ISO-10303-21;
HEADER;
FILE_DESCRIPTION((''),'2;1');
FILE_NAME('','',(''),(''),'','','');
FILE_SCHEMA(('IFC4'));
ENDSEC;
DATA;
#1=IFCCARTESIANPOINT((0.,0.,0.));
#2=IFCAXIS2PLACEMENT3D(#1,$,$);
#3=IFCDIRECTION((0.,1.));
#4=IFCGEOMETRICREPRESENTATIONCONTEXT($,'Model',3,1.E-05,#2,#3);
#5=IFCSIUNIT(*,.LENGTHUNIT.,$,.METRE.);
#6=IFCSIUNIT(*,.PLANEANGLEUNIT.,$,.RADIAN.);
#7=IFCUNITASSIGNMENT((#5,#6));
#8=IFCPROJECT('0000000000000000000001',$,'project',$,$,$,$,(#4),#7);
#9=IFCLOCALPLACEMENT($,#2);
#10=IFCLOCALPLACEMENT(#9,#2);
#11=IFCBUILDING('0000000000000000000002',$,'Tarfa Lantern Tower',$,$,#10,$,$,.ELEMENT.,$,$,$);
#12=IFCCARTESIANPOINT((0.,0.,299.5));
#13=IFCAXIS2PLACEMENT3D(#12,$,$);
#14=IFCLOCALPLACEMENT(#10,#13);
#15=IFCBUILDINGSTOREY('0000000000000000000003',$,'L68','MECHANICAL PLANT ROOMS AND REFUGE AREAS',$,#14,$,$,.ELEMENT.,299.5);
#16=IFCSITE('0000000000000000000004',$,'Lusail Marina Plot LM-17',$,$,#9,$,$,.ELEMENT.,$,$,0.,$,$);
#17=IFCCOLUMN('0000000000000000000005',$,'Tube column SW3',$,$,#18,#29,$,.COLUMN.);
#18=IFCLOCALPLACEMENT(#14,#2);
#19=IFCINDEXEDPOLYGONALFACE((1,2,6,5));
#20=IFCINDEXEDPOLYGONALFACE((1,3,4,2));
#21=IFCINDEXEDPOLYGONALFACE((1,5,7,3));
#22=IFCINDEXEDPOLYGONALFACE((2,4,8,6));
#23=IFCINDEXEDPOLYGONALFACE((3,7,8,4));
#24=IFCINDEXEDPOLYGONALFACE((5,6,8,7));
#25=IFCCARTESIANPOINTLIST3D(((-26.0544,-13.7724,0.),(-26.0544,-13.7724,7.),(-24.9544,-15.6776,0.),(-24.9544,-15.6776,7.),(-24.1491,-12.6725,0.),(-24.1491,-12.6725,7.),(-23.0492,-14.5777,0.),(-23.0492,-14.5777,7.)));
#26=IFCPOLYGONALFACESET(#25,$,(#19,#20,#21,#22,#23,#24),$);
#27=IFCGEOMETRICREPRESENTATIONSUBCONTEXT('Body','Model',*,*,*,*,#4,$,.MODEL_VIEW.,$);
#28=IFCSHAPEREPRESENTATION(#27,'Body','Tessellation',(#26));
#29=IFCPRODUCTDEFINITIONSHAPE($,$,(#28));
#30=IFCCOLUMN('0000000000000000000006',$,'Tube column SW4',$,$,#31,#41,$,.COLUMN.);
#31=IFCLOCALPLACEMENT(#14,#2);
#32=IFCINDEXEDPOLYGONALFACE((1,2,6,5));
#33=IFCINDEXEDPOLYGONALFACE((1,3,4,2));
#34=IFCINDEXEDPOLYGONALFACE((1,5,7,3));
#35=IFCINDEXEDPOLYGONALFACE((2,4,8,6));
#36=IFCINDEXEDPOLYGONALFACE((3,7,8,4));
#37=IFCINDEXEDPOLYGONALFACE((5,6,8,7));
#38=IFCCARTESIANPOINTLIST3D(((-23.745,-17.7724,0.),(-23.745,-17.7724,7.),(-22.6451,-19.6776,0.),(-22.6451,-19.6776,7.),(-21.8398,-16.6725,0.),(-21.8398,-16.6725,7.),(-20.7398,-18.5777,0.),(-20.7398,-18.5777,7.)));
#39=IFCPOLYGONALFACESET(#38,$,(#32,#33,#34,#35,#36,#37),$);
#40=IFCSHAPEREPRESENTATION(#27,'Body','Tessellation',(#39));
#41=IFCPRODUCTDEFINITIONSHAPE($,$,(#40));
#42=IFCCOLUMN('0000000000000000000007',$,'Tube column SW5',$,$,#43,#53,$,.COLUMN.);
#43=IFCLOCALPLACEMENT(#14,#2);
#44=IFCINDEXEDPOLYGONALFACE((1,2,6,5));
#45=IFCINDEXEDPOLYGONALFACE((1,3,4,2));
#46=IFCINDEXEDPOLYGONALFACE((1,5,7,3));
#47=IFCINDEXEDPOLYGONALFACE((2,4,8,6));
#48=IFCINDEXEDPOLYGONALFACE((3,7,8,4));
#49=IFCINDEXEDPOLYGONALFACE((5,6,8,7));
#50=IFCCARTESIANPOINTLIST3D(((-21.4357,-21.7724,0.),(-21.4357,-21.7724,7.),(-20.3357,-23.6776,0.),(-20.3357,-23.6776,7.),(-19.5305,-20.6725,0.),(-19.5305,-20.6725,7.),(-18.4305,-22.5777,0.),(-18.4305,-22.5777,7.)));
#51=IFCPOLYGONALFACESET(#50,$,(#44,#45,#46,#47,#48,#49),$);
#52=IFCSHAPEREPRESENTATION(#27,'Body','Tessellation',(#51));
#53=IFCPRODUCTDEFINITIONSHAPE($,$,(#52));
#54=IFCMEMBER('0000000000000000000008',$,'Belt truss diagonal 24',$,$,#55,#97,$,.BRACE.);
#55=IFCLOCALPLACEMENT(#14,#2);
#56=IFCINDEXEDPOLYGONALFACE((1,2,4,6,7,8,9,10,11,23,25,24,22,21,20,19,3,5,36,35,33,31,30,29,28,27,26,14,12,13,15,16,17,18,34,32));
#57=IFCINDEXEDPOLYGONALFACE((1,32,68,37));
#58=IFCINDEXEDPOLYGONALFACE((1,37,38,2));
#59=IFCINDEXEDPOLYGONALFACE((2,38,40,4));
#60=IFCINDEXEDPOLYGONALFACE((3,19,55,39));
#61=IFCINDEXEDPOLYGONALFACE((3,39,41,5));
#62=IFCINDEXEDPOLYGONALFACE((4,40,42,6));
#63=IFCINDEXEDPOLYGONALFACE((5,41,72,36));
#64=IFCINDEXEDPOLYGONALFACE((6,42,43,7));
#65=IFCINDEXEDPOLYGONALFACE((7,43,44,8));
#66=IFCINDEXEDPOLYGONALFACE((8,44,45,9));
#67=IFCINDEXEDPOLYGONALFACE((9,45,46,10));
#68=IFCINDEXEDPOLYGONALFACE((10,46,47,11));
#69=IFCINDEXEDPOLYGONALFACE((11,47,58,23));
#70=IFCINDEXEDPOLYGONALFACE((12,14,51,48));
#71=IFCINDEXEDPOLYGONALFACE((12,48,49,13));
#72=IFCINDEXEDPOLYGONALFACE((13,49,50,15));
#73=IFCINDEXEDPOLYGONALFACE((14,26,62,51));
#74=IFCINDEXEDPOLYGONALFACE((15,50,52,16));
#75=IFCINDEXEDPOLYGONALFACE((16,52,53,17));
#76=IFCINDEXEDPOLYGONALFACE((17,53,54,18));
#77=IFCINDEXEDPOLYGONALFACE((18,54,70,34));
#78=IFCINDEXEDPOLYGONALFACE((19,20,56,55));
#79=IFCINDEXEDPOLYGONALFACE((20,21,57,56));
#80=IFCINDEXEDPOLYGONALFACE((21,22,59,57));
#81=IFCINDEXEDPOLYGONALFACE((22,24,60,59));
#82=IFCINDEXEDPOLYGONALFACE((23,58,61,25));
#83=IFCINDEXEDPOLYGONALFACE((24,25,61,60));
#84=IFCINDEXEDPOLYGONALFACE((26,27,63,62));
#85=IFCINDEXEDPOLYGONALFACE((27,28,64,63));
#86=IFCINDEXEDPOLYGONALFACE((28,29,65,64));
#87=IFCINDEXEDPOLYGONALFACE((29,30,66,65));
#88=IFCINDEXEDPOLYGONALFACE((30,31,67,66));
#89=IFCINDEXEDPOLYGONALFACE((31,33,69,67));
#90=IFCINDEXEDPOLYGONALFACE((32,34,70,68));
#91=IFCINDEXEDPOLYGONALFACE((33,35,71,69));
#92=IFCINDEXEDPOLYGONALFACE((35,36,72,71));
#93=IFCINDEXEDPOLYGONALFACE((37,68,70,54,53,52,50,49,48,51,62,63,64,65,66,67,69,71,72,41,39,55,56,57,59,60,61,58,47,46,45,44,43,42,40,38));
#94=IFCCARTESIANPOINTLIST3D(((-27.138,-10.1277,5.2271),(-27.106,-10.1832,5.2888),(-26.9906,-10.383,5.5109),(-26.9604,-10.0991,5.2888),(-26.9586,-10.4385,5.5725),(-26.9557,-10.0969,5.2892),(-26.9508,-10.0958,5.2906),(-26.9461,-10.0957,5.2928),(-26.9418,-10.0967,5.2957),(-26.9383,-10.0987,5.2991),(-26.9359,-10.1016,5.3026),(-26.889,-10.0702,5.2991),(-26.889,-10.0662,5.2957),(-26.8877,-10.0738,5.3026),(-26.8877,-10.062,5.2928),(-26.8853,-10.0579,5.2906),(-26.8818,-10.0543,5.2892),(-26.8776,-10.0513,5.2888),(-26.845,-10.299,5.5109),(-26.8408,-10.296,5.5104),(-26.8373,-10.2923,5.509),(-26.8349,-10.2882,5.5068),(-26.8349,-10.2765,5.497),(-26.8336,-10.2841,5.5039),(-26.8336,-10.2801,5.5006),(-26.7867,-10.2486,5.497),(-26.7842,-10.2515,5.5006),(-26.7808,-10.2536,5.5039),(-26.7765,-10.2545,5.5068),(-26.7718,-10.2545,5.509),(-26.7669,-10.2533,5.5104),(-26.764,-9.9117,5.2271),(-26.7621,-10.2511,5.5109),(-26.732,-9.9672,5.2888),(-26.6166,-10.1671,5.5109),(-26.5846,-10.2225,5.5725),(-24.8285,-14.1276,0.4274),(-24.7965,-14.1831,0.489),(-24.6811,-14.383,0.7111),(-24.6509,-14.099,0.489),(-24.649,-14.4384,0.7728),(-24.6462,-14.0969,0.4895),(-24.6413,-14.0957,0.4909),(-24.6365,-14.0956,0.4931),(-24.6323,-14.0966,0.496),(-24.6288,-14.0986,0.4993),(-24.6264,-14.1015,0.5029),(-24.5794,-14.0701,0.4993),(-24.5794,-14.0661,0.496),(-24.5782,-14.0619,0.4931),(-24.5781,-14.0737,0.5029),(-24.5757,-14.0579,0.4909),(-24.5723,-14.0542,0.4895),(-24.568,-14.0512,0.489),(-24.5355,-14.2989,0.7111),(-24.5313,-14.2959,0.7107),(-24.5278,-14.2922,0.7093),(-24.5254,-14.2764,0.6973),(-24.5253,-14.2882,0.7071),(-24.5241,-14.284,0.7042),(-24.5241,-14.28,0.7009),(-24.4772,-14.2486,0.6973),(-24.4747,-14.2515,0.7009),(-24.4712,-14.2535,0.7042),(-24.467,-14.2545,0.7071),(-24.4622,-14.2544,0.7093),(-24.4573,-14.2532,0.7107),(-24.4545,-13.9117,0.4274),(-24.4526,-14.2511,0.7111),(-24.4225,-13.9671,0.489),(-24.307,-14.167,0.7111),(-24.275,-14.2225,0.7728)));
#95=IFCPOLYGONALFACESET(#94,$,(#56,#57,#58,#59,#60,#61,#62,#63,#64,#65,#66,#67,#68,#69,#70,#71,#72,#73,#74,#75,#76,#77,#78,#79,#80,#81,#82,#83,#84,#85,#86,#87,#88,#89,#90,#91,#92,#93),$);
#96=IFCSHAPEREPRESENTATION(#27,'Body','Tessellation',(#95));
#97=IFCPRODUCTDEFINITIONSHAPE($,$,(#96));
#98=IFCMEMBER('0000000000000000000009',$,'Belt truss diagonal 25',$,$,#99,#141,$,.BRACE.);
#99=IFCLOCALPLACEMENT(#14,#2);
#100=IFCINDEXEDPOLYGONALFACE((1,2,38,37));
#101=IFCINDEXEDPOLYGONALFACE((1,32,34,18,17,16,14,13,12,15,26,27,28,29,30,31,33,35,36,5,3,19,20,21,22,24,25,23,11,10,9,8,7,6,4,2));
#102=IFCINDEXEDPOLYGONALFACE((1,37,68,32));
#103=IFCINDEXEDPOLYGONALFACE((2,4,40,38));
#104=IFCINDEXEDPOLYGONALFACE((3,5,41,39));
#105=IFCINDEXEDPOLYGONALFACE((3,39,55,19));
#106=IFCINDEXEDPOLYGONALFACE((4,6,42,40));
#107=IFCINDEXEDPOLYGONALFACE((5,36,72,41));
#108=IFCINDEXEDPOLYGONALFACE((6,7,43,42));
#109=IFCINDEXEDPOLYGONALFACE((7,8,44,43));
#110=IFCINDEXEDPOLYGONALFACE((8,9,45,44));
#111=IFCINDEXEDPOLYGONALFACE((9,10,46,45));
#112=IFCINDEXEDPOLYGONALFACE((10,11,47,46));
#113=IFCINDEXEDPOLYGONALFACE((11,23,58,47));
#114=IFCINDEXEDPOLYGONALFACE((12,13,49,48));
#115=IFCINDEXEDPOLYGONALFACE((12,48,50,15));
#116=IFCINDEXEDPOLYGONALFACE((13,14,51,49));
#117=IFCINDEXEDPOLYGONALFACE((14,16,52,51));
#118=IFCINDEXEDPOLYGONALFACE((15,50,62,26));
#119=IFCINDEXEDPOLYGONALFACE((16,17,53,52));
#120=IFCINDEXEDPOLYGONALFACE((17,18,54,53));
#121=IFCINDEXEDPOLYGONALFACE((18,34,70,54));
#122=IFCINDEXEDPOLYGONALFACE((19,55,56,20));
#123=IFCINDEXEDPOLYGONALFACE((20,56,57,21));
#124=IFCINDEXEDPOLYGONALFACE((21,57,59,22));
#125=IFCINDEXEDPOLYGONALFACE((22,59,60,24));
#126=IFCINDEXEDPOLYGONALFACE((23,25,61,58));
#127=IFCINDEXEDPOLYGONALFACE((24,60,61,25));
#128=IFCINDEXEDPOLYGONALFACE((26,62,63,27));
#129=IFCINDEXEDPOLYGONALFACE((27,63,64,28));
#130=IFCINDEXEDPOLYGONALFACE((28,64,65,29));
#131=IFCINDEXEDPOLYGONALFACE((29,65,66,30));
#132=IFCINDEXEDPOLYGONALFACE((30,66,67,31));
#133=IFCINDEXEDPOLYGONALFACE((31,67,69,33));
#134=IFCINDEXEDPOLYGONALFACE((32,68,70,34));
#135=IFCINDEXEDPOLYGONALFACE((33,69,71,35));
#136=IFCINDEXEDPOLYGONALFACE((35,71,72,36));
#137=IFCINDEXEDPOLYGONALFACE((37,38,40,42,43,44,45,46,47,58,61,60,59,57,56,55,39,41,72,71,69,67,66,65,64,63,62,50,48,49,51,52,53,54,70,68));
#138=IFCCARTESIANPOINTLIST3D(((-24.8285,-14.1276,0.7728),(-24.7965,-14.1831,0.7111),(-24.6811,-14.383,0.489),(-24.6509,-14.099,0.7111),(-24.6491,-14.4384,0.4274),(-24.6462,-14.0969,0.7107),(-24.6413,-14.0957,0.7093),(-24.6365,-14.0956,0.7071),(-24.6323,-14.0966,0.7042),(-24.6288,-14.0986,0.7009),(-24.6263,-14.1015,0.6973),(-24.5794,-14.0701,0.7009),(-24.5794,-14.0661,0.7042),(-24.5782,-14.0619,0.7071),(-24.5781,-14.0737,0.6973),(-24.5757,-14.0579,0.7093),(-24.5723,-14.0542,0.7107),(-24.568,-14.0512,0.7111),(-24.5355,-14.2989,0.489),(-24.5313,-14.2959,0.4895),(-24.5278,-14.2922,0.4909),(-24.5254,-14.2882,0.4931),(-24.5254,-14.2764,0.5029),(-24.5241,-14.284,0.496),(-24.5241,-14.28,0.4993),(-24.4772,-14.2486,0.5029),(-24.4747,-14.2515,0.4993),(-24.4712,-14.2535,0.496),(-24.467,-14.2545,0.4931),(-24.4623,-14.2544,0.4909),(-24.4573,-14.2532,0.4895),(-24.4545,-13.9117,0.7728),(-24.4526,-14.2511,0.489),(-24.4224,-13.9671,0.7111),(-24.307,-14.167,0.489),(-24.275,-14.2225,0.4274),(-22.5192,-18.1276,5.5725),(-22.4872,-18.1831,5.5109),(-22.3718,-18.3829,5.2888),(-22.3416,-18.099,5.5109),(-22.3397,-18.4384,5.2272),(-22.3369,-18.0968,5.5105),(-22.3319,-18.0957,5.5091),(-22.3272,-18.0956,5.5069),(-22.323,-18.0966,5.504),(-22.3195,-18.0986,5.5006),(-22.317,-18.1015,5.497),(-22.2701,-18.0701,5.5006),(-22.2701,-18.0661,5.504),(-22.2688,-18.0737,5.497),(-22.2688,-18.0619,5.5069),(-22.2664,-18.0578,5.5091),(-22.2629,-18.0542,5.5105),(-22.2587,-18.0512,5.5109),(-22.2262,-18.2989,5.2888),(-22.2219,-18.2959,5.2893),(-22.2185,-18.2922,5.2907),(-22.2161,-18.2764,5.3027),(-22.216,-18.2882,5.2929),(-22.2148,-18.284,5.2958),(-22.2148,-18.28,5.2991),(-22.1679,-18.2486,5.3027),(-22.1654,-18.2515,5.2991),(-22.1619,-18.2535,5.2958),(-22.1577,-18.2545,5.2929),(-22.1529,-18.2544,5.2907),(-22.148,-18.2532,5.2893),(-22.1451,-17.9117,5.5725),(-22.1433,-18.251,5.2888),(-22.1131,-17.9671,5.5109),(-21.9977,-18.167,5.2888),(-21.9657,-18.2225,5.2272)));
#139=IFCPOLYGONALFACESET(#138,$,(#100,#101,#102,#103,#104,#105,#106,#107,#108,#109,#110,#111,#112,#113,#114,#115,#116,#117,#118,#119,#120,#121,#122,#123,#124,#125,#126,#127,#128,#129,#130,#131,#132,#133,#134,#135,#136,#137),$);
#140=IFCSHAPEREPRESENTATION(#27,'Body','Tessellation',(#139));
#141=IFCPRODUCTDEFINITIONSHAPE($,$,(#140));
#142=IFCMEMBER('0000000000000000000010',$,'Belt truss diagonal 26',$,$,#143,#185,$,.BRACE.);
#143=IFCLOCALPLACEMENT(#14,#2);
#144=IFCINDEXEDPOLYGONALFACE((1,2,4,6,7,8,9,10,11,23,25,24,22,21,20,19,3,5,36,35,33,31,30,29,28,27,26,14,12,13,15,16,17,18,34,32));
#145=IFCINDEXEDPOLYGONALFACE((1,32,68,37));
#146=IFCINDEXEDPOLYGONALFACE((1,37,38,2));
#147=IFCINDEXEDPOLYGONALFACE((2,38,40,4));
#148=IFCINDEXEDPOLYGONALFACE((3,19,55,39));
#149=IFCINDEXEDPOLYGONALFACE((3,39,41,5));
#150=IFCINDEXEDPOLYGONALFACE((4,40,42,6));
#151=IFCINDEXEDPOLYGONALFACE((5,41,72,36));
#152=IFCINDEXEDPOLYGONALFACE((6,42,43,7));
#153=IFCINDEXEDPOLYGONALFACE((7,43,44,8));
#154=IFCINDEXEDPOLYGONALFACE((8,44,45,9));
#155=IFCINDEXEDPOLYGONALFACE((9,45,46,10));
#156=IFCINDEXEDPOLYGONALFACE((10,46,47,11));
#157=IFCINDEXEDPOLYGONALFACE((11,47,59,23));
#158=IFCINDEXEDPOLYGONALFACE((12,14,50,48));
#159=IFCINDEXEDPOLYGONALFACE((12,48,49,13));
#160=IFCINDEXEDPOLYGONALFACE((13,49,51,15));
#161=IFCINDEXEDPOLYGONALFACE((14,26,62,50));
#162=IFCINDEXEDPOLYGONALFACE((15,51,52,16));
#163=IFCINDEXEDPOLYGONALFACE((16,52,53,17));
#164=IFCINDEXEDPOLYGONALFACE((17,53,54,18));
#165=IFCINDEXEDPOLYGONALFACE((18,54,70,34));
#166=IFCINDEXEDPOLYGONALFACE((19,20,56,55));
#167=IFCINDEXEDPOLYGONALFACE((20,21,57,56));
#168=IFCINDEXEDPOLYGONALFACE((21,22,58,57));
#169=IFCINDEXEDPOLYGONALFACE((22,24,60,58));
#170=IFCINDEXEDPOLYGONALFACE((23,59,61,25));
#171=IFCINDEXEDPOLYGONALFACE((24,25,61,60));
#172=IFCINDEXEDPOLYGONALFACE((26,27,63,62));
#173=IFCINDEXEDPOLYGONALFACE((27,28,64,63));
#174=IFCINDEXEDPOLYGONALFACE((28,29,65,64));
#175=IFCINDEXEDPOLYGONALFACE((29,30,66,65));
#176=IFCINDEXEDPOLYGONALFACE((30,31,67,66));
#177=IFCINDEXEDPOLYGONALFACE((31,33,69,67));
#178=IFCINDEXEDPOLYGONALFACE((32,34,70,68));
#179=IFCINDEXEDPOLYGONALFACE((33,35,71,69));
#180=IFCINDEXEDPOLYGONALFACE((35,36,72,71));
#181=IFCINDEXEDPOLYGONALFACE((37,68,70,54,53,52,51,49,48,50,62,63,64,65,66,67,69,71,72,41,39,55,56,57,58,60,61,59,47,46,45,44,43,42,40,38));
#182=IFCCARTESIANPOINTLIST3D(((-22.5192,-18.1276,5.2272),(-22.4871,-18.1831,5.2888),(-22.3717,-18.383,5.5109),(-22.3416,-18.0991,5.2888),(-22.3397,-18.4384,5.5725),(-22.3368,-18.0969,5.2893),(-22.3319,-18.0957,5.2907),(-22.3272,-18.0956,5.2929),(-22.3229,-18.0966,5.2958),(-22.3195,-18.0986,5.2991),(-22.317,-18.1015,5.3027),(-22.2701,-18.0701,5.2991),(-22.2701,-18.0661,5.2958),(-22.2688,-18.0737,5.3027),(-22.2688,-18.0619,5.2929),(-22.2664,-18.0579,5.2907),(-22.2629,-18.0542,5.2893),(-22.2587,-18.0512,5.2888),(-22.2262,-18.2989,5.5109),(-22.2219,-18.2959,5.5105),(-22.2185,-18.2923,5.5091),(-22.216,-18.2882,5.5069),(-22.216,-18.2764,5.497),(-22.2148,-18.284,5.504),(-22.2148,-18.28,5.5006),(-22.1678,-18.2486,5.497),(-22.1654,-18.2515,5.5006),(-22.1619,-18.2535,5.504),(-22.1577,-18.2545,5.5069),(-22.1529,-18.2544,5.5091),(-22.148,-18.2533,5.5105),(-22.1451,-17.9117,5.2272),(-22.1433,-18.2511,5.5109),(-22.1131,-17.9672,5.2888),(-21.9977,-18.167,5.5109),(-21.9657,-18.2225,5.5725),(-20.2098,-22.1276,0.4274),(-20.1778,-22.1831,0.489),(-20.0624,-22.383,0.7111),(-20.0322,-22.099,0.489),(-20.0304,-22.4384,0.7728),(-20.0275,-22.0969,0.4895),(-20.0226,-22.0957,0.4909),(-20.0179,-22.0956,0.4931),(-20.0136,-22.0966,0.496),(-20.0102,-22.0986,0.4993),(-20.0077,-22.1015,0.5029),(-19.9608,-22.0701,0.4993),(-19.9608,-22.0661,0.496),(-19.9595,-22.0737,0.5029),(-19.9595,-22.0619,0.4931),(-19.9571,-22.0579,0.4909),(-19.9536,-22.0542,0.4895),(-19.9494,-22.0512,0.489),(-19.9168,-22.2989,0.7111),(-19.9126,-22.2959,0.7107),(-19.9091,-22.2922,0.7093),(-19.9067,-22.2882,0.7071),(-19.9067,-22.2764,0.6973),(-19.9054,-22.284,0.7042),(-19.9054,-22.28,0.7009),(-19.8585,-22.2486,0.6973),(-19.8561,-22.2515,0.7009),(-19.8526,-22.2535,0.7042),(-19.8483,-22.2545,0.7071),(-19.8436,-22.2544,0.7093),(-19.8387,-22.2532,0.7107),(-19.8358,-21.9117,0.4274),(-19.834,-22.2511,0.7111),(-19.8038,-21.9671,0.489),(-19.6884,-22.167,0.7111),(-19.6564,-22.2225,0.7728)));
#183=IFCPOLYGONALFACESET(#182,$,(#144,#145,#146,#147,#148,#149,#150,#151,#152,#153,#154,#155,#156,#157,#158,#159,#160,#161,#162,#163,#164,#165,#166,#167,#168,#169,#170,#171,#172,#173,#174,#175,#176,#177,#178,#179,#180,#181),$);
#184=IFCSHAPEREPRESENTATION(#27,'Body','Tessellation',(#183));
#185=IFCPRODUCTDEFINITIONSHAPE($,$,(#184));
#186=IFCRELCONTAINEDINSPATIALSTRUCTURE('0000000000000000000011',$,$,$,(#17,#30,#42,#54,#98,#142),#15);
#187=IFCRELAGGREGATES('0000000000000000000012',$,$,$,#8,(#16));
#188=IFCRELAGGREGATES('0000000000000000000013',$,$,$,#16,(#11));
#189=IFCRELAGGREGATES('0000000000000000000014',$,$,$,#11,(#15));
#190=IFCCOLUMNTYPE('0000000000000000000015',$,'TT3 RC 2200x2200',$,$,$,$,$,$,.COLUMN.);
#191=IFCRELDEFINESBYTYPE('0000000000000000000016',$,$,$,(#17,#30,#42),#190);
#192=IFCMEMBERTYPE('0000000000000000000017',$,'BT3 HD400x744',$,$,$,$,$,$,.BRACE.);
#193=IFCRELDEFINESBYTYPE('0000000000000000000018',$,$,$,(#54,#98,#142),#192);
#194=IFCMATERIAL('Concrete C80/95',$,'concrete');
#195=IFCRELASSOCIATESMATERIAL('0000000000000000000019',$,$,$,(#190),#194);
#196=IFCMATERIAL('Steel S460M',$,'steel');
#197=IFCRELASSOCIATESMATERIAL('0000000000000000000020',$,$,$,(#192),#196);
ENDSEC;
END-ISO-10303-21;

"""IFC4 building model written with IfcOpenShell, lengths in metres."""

from ifc_helpers import new_model, si_unit, direction, frame, origin, origin_2d, place, context, subcontext, project, spatial, rectangle, i_section, extrude, material, material_profile, profile_set, type_object, element, save


model = new_model("IFC4")

# Units and contexts
model_context = context("Model", 3, precision=1e-05, world=origin(), true_north=direction((0.0, 1.0)))
body_context = subcontext(model_context, "Body", "Model", "MODEL_VIEW")
ifc_project = project(units=[si_unit("LENGTHUNIT", "METRE"), si_unit("PLANEANGLEUNIT", "RADIAN")], contexts=[model_context])

# Site, building, storey
site_placement = place(None, origin())
site = spatial("IfcSite", under=ifc_project, at=site_placement, Name="Lusail Marina Plot LM-17", CompositionType="ELEMENT", RefElevation=0.0)
building_placement = place(site_placement, origin())
building = spatial("IfcBuilding", under=site, at=building_placement, Name="Tarfa Lantern Tower", CompositionType="ELEMENT")
storey_placement = place(building_placement, frame((0.0, 0.0, 299.5)))
storey = spatial("IfcBuildingStorey", under=building, at=storey_placement, Name="L68", Description="MECHANICAL PLANT ROOMS AND REFUGE AREAS", CompositionType="ELEMENT", Elevation=299.5)

# Columns
ifc_material_1 = material(Name="Concrete C80/95", Category="concrete")
ifc_material_profile_1 = material_profile(ifc_material_1, rectangle(XDim=2.2, YDim=2.2, at=origin_2d()), Name="RC 2200x2200")
ifc_profile_set_1 = profile_set([ifc_material_profile_1], Name="Concrete C80/95")
column_type = type_object("IfcColumnType", Name="TT3 RC 2200x2200", PredefinedType="COLUMN", material=ifc_profile_set_1)
for number, where, z_axis, x_axis, name in (
    (1, (-24.5518, -14.175, 0.0), (0.0, 0.0, 1.0), (0.5, -0.866025, 0.0), "Tube column SW3"),
    (2, (-22.2424, -18.175, 0.0), (0.0, 0.0, 1.0), (0.5, -0.866025, 0.0), "Tube column SW4"),
    (3, (-19.9331, -22.175, 0.0), (0.0, 0.0, 1.0), (0.5, -0.866025, 0.0), "Tube column SW5"),
):
    element("IfcColumn", number, at=place(storey_placement, frame(where, z_axis=z_axis, x_axis=x_axis)), inside=storey, type_object=column_type, Name=name, PredefinedType="COLUMN", context=body_context, shape_type="SweptSolid", body=[
        extrude(rectangle(XDim=2.2, YDim=2.2, at=origin_2d()), origin(), (0.0, 0.0, 1.0), 7.0),
    ])

# Members
ifc_material_2 = material(Name="Steel S460M", Category="steel")
ifc_material_profile_2 = material_profile(ifc_material_2, i_section(OverallWidth=0.4319, OverallDepth=0.498, WebThickness=0.0557, FlangeThickness=0.0889, FilletRadius=0.02, at=origin_2d()), Name="HD400x744")
ifc_profile_set_2 = profile_set([ifc_material_profile_2], Name="Steel S460M")
member_type_1 = type_object("IfcMemberType", Name="BT3 HD400x744", PredefinedType="BRACE", material=ifc_profile_set_2)
for number, where, z_axis, x_axis, name in (
    (4, (-24.5518, -14.175, 0.6001), (-0.346717, 0.600488, 0.720556), (-0.86601, -0.500027, 0.0), "Belt truss diagonal 24"),
    (5, (-24.5518, -14.175, 0.6001), (0.346685, -0.600496, 0.720565), (0.866032, 0.499988, 0.0), "Belt truss diagonal 25"),
    (6, (-19.9331, -22.175, 0.6001), (-0.346685, 0.600496, 0.720565), (-0.866032, -0.499988, 0.0), "Belt truss diagonal 26"),
):
    element("IfcMember", number, at=place(storey_placement, frame(where, z_axis=z_axis, x_axis=x_axis)), inside=storey, type_object=member_type_1, Name=name, PredefinedType="BRACE", context=body_context, shape_type="SweptSolid", body=[
        extrude(i_section(OverallWidth=0.4319, OverallDepth=0.498, WebThickness=0.0557, FlangeThickness=0.0889, FilletRadius=0.02, at=origin_2d()), origin(), (0.0, 0.0, 1.0), 6.6611),
    ])

save(model, "model.ifc")
